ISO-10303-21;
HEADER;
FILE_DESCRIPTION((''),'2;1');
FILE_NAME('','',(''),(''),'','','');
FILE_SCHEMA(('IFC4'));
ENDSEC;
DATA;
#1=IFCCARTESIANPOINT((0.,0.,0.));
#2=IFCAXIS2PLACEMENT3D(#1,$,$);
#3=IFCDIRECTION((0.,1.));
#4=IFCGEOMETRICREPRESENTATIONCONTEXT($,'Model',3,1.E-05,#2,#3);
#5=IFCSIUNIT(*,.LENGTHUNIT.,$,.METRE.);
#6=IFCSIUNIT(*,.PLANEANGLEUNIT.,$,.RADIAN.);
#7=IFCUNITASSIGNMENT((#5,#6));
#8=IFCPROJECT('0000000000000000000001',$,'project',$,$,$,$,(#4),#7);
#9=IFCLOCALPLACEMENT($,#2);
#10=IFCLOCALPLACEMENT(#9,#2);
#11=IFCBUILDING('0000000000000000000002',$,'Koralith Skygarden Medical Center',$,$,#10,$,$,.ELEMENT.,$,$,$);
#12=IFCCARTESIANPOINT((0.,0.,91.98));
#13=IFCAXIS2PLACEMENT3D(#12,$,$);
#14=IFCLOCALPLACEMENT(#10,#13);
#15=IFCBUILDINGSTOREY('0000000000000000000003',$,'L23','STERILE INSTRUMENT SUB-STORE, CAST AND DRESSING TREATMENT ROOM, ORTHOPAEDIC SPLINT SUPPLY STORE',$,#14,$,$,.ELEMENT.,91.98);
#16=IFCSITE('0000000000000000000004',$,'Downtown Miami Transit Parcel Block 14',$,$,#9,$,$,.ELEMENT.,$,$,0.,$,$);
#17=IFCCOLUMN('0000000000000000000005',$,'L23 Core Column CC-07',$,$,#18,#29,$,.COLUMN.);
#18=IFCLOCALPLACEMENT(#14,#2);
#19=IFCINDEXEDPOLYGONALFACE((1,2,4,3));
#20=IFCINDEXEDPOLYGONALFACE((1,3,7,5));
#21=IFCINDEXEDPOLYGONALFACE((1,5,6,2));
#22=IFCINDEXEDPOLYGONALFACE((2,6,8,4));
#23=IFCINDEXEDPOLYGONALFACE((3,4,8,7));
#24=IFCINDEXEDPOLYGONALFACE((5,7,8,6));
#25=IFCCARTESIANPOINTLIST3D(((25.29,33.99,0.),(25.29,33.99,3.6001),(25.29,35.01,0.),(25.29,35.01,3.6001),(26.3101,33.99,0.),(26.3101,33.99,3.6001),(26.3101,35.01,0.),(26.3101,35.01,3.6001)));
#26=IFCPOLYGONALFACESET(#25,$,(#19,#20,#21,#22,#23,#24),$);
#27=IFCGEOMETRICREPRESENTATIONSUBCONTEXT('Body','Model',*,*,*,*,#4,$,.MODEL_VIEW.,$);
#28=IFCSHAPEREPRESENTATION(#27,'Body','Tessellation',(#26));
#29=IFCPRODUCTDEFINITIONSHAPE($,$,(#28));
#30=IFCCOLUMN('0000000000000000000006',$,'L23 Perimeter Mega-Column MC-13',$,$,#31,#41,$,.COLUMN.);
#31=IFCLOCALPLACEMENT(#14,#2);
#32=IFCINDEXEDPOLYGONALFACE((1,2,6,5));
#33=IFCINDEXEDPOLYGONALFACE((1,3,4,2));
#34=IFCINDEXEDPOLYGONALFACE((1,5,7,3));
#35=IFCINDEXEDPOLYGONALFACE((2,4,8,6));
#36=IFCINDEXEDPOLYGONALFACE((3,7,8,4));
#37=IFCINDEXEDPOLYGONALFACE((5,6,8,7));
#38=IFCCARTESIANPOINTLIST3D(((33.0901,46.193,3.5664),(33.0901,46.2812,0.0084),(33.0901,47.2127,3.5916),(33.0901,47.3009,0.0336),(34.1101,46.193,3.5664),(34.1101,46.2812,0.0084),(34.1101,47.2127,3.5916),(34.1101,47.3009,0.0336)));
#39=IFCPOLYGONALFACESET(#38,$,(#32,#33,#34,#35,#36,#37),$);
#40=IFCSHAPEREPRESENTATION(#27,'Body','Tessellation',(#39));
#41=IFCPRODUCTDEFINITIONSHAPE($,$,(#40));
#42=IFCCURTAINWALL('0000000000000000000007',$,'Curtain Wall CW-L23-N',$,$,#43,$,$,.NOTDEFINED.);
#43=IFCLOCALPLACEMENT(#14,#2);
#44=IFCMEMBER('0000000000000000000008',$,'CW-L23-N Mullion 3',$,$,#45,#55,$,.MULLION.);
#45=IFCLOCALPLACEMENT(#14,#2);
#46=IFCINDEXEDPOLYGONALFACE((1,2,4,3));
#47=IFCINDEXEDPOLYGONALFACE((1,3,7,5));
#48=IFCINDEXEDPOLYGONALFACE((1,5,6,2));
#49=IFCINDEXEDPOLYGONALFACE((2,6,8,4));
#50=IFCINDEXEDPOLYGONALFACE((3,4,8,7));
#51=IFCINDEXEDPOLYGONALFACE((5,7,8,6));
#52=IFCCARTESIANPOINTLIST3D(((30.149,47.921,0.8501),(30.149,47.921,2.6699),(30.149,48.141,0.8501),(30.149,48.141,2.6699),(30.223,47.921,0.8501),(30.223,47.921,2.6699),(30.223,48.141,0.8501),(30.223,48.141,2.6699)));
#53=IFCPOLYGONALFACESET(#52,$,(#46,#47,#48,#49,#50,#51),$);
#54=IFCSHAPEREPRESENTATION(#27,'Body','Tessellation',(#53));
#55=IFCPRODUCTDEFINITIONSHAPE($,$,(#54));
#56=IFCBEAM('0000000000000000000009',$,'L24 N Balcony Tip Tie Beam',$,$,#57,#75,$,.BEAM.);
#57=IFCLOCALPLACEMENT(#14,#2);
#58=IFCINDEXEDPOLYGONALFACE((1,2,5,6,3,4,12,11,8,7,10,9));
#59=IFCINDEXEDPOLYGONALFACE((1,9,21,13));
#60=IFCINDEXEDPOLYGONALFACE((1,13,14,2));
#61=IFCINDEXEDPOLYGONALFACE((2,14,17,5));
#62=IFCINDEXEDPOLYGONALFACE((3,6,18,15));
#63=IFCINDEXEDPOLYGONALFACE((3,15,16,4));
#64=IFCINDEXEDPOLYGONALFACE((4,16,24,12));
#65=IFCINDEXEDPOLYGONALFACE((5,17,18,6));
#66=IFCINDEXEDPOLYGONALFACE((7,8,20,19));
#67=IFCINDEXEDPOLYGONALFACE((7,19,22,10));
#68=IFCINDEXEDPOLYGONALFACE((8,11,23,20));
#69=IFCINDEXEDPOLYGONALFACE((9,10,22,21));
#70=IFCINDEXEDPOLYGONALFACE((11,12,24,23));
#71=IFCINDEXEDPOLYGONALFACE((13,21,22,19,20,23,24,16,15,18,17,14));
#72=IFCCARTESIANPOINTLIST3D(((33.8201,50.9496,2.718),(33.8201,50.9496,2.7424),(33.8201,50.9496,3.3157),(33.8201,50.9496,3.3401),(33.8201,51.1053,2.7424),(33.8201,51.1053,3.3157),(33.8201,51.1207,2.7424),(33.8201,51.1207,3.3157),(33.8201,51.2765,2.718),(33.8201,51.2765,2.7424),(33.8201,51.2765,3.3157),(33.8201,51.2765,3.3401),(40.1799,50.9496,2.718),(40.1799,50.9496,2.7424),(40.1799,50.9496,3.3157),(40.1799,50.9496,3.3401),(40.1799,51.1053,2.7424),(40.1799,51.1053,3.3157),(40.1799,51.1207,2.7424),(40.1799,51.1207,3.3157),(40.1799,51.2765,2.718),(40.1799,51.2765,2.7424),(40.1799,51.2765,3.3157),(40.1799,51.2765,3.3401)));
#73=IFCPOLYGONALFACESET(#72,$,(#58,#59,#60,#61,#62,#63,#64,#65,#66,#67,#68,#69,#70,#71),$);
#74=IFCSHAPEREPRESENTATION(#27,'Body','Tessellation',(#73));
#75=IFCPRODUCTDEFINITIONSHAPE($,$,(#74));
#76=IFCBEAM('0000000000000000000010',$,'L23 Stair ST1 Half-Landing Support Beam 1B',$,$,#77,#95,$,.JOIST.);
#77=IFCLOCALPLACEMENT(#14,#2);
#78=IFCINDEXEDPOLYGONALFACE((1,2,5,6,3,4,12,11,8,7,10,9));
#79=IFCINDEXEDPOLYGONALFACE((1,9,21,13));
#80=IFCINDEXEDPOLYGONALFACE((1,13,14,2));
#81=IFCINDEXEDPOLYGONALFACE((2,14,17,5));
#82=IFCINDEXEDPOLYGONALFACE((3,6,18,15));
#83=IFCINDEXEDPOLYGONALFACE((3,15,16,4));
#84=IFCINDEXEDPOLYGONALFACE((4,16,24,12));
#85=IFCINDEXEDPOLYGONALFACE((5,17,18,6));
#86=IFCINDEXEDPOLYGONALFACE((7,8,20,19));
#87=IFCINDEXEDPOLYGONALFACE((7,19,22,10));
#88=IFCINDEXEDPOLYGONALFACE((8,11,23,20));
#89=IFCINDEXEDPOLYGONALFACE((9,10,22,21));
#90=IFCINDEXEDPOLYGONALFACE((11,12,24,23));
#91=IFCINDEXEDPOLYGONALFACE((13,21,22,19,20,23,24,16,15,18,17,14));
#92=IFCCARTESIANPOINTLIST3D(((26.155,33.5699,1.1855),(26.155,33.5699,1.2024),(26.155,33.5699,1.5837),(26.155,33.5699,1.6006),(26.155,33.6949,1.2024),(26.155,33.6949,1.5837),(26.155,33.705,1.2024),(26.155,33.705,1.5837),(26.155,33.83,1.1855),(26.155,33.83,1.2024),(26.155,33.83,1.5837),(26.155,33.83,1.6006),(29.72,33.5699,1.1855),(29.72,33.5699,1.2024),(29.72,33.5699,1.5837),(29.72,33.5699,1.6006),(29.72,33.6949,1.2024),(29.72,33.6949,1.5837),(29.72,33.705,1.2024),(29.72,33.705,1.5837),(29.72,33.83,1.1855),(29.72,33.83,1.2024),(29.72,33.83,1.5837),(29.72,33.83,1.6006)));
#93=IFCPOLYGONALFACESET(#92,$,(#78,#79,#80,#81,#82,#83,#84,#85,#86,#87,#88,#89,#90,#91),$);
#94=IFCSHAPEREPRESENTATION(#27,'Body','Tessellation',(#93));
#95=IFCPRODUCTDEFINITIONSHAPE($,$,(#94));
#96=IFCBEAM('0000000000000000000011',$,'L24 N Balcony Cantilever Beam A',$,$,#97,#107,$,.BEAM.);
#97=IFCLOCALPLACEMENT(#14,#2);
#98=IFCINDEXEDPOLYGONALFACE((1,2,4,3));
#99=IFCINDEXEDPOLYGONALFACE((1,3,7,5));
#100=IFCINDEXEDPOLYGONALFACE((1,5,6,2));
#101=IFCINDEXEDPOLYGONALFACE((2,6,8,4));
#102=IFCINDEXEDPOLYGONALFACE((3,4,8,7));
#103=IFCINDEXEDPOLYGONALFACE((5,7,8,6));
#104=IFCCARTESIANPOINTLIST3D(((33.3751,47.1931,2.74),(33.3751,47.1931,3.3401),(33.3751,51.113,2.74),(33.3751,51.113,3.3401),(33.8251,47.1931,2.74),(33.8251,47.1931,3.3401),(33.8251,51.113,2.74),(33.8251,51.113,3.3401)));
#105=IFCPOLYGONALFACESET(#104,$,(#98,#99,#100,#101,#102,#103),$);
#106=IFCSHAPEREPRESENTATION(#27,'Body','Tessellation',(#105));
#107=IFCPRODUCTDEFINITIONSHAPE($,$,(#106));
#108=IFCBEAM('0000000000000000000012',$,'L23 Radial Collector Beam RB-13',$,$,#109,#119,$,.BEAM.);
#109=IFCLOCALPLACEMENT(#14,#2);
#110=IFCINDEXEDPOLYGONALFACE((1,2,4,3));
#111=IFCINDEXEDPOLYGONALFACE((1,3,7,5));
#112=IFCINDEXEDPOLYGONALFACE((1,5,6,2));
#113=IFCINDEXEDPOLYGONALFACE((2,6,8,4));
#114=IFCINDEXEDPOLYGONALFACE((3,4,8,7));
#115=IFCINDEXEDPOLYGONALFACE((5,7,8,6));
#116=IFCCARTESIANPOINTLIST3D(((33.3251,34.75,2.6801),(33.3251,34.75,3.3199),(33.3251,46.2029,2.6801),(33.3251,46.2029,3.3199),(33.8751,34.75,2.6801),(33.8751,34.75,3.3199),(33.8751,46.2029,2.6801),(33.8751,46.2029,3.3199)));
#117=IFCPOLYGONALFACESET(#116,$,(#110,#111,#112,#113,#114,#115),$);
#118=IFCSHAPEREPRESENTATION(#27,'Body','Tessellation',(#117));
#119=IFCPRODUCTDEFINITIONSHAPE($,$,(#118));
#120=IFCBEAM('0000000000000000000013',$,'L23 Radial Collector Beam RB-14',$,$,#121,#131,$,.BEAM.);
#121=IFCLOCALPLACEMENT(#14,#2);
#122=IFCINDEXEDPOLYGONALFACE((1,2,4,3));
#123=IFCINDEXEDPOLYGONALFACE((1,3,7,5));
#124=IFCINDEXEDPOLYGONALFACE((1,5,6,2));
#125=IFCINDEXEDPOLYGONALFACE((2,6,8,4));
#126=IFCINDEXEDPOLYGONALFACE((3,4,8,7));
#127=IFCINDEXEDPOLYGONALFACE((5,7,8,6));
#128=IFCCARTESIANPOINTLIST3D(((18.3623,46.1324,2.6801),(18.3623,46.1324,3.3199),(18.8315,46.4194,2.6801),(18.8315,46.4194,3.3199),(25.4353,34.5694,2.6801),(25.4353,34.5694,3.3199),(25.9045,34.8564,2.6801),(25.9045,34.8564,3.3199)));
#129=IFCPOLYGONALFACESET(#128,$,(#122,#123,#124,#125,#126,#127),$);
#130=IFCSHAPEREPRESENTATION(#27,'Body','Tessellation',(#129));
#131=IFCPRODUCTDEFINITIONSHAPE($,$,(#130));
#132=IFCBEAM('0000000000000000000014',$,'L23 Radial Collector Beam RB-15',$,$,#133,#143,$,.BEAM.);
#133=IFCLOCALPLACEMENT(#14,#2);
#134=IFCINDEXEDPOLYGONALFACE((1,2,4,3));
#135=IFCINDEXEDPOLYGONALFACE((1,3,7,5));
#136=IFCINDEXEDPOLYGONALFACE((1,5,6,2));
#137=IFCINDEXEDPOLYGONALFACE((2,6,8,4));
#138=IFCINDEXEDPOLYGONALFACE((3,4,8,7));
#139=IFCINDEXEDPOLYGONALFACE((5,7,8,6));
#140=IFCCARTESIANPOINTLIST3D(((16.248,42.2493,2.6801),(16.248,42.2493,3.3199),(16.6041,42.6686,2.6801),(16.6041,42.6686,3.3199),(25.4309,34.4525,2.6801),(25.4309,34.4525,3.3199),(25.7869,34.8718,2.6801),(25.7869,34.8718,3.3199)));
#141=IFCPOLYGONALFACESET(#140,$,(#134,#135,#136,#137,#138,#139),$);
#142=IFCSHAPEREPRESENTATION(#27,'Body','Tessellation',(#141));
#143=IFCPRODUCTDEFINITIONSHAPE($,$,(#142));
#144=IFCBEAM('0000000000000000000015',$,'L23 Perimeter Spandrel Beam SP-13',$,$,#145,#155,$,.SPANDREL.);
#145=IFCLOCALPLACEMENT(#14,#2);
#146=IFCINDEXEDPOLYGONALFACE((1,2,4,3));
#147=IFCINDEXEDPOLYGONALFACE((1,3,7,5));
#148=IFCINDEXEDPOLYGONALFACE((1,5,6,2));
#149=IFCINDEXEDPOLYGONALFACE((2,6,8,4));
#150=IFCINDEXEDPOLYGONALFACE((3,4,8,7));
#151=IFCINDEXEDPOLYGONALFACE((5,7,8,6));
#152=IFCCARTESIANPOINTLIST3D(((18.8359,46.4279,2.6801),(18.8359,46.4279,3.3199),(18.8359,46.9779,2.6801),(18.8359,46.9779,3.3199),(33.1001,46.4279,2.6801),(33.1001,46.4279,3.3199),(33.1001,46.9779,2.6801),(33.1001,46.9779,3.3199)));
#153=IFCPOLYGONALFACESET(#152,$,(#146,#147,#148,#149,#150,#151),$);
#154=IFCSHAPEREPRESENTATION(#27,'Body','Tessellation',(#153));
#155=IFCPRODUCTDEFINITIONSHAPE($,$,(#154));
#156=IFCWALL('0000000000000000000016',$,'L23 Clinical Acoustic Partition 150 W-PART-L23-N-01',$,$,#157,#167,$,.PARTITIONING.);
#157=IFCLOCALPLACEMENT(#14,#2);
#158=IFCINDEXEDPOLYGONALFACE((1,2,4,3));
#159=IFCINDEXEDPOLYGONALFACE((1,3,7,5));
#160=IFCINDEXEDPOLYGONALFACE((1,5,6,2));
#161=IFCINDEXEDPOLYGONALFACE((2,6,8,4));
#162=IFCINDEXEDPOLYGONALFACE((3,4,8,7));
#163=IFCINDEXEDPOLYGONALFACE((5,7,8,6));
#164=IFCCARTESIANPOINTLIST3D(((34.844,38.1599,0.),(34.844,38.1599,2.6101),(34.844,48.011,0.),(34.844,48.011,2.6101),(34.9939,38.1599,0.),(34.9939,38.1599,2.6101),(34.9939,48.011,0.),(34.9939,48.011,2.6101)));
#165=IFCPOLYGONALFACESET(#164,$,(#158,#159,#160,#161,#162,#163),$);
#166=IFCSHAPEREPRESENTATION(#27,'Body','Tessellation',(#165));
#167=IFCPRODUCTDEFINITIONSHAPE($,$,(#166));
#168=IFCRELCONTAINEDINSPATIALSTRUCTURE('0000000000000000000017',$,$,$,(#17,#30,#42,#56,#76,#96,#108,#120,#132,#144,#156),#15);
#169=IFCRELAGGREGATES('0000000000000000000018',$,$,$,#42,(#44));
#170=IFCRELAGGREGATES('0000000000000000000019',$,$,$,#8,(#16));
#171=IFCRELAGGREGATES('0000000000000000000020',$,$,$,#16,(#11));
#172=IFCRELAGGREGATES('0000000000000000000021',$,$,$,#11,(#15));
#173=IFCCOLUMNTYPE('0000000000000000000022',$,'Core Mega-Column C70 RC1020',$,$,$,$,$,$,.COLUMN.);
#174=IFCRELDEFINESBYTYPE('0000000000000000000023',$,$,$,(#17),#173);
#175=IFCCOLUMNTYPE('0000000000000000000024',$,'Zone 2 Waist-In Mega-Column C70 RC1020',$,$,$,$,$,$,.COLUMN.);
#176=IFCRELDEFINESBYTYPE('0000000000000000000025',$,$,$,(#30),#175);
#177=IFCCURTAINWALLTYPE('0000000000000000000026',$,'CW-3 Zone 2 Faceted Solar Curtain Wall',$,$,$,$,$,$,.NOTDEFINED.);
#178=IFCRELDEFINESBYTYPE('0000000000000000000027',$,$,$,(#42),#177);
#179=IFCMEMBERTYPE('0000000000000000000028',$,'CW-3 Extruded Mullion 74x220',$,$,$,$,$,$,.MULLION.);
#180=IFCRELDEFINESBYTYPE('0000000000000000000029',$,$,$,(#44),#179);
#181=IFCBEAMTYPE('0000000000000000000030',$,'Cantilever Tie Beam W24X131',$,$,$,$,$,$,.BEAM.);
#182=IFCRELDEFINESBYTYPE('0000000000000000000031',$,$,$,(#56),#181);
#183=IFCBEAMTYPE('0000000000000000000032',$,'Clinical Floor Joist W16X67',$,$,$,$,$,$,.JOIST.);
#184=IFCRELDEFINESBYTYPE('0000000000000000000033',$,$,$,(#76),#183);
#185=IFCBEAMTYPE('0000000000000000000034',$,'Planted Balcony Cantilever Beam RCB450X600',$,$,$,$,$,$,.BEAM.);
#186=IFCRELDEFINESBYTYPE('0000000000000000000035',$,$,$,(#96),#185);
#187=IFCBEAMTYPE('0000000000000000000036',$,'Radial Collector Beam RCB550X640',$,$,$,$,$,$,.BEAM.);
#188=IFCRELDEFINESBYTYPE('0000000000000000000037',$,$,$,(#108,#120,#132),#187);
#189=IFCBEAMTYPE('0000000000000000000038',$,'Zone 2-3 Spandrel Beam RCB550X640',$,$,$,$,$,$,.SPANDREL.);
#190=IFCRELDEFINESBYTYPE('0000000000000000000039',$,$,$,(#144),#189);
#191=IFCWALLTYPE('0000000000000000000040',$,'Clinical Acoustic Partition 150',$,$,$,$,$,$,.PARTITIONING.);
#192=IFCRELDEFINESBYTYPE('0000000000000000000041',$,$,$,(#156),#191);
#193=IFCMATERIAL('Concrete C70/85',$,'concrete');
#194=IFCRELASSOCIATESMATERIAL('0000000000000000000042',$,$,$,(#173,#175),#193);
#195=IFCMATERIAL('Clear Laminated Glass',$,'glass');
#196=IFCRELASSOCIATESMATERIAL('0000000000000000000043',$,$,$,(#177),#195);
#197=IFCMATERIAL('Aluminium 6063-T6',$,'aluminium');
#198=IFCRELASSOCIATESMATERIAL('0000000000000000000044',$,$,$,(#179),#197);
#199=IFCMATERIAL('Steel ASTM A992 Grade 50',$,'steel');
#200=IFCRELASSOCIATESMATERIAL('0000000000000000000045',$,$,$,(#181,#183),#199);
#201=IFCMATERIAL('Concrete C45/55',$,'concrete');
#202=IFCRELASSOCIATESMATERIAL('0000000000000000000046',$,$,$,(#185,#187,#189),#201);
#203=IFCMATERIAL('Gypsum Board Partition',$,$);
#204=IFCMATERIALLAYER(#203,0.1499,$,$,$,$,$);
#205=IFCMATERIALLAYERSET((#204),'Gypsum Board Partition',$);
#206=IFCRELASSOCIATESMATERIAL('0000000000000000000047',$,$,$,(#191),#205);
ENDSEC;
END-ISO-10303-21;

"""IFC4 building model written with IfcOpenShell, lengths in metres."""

from ifc_helpers import new_model, si_unit, direction, frame, frame_2d, origin, origin_2d, place, context, subcontext, project, spatial, rectangle, i_section, extrude, material, layer, layer_set, material_profile, profile_set, type_object, element, aggregate, save


model = new_model("IFC4")

# Units and contexts
model_context = context("Model", 3, precision=1e-05, world=origin(), true_north=direction((0.0, 1.0)))
body_context = subcontext(model_context, "Body", "Model", "MODEL_VIEW")
ifc_project = project(units=[si_unit("LENGTHUNIT", "METRE"), si_unit("PLANEANGLEUNIT", "RADIAN")], contexts=[model_context])

# Site, building, storey
site_placement = place(None, origin())
site = spatial("IfcSite", under=ifc_project, at=site_placement, Name="Downtown Miami Transit Parcel Block 14", CompositionType="ELEMENT", RefElevation=0.0)
building_placement = place(site_placement, origin())
building = spatial("IfcBuilding", under=site, at=building_placement, Name="Koralith Skygarden Medical Center", CompositionType="ELEMENT")
storey_placement = place(building_placement, frame((0.0, 0.0, 91.98)))
storey = spatial("IfcBuildingStorey", under=building, at=storey_placement, Name="L23", Description="STERILE INSTRUMENT SUB-STORE, CAST AND DRESSING TREATMENT ROOM, ORTHOPAEDIC SPLINT SUPPLY STORE", CompositionType="ELEMENT", Elevation=91.98)

# Columns
ifc_material_1 = material(Name="Concrete C70/85", Category="concrete")
ifc_material_profile_1 = material_profile(ifc_material_1, rectangle(XDim=1.02, YDim=1.02, at=origin_2d()), Name="RC1020X1020")
ifc_profile_set_1 = profile_set([ifc_material_profile_1], Name="Concrete C70/85")
column_type_1 = type_object("IfcColumnType", Name="Core Mega-Column C70 RC1020", PredefinedType="COLUMN", material=ifc_profile_set_1)
column_1_placement = place(storey_placement, frame((25.8, 34.5, 0.0), z_axis=(0.0, 0.0, 1.0), x_axis=(1.0, 0.0, 0.0)))
element("IfcColumn", 1, at=column_1_placement, inside=storey, type_object=column_type_1, Name="L23 Core Column CC-07", PredefinedType="COLUMN", context=body_context, shape_type="SweptSolid", body=[
    extrude(rectangle(XDim=1.02, YDim=1.02, at=origin_2d()), origin(), (0.0, 0.0, 1.0), 3.6001),
])
ifc_material_profile_2 = material_profile(ifc_material_1, rectangle(XDim=1.02, YDim=1.02, at=origin_2d()), Name="RC1020X1020")
ifc_profile_set_2 = profile_set([ifc_material_profile_2], Name="Concrete C70/85")
column_type_2 = type_object("IfcColumnType", Name="Zone 2 Waist-In Mega-Column C70 RC1020", PredefinedType="COLUMN", material=ifc_profile_set_2)
column_2_placement = place(storey_placement, frame((33.6001, 46.791, 0.021), z_axis=(0.0, -0.024763, 0.999693), x_axis=(1.0, 0.0, 0.0)))
element("IfcColumn", 2, at=column_2_placement, inside=storey, type_object=column_type_2, Name="L23 Perimeter Mega-Column MC-13", PredefinedType="COLUMN", context=body_context, shape_type="SweptSolid", body=[
    extrude(rectangle(XDim=1.02, YDim=1.02, at=origin_2d()), origin(), (0.0, 0.0, 1.0), 3.5591),
])

# Curtain wall, member
ifc_material_2 = material(Name="Clear Laminated Glass", Category="glass")
curtain_wall_type = type_object("IfcCurtainWallType", Name="CW-3 Zone 2 Faceted Solar Curtain Wall", PredefinedType="NOTDEFINED", material=ifc_material_2)
curtain_wall_placement = place(storey_placement, origin())
curtain_wall = element("IfcCurtainWall", 3, at=curtain_wall_placement, inside=storey, type_object=curtain_wall_type, Name="Curtain Wall CW-L23-N", PredefinedType="NOTDEFINED")
ifc_material_3 = material(Name="Aluminium 6063-T6", Category="aluminium")
ifc_material_profile_3 = material_profile(ifc_material_3, rectangle(XDim=0.074, YDim=0.22, at=origin_2d()), Name="MUL74X220")
ifc_profile_set_3 = profile_set([ifc_material_profile_3], Name="Aluminium 6063-T6")
member_type = type_object("IfcMemberType", Name="CW-3 Extruded Mullion 74x220", PredefinedType="MULLION", material=ifc_profile_set_3)
member_placement = place(storey_placement, frame((30.186, 48.031, 0.8501), z_axis=(0.0, 0.0, 1.0), x_axis=(1.0, 0.0, 0.0)))
member = element("IfcMember", 4, at=member_placement, type_object=member_type, Name="CW-L23-N Mullion 3", PredefinedType="MULLION", context=body_context, shape_type="SweptSolid", body=[
    extrude(rectangle(XDim=0.074, YDim=0.22, at=origin_2d()), origin(), (0.0, 0.0, 1.0), 1.8198),
])
aggregate(curtain_wall, [member])

# Beams
ifc_material_4 = material(Name="Steel ASTM A992 Grade 50", Category="steel")
ifc_material_profile_4 = material_profile(ifc_material_4, i_section(OverallWidth=0.3269, OverallDepth=0.6221, WebThickness=0.0154, FlangeThickness=0.0244, at=origin_2d()), Name="W24X131")
ifc_profile_set_4 = profile_set([ifc_material_profile_4], Name="Steel ASTM A992 Grade 50")
beam_type_1 = type_object("IfcBeamType", Name="Cantilever Tie Beam W24X131", PredefinedType="BEAM", material=ifc_profile_set_4)
beam_1_placement = place(storey_placement, frame((33.8201, 51.113, 3.0291), z_axis=(1.0, 0.0, 0.0), x_axis=(0.0, 1.0, 0.0)))
element("IfcBeam", 5, at=beam_1_placement, inside=storey, type_object=beam_type_1, Name="L24 N Balcony Tip Tie Beam", PredefinedType="BEAM", context=body_context, shape_type="SweptSolid", body=[
    extrude(i_section(OverallWidth=0.3269, OverallDepth=0.6221, WebThickness=0.0154, FlangeThickness=0.0244, at=origin_2d()), origin(), (0.0, 0.0, 1.0), 6.3599),
])
ifc_material_profile_5 = material_profile(ifc_material_4, i_section(OverallWidth=0.26, OverallDepth=0.415, WebThickness=0.01, FlangeThickness=0.0168, at=origin_2d()), Name="W16X67")
ifc_profile_set_5 = profile_set([ifc_material_profile_5], Name="Steel ASTM A992 Grade 50")
beam_type_2 = type_object("IfcBeamType", Name="Clinical Floor Joist W16X67", PredefinedType="JOIST", material=ifc_profile_set_5)
beam_2_placement = place(storey_placement, frame((26.155, 33.7, 1.3931), z_axis=(1.0, 0.0, 0.0), x_axis=(0.0, 1.0, 0.0)))
element("IfcBeam", 6, at=beam_2_placement, inside=storey, type_object=beam_type_2, Name="L23 Stair ST1 Half-Landing Support Beam 1B", PredefinedType="JOIST", context=body_context, shape_type="SweptSolid", body=[
    extrude(i_section(OverallWidth=0.26, OverallDepth=0.415, WebThickness=0.01, FlangeThickness=0.0168, at=origin_2d()), origin(), (0.0, 0.0, 1.0), 3.5649),
])
ifc_material_5 = material(Name="Concrete C45/55", Category="concrete")
ifc_material_profile_6 = material_profile(ifc_material_5, rectangle(XDim=0.45, YDim=0.6001, at=origin_2d()), Name="RCB450X600")
ifc_profile_set_6 = profile_set([ifc_material_profile_6], Name="Concrete C45/55")
beam_type_3 = type_object("IfcBeamType", Name="Planted Balcony Cantilever Beam RCB450X600", PredefinedType="BEAM", material=ifc_profile_set_6)
beam_3_placement = place(storey_placement, frame((33.6001, 47.1931, 3.04), z_axis=(0.0, 1.0, 0.0), x_axis=(-1.0, 0.0, 0.0)))
element("IfcBeam", 7, at=beam_3_placement, inside=storey, type_object=beam_type_3, Name="L24 N Balcony Cantilever Beam A", PredefinedType="BEAM", context=body_context, shape_type="SweptSolid", body=[
    extrude(rectangle(XDim=0.45, YDim=0.6001, at=origin_2d()), origin(), (0.0, 0.0, 1.0), 3.9199),
])
ifc_material_profile_7 = material_profile(ifc_material_5, rectangle(XDim=0.55, YDim=0.6399, at=origin_2d()), Name="RCB550X640")
ifc_profile_set_7 = profile_set([ifc_material_profile_7], Name="Concrete C45/55")
beam_type_4 = type_object("IfcBeamType", Name="Radial Collector Beam RCB550X640", PredefinedType="BEAM", material=ifc_profile_set_7)
beam_4_placement = place(storey_placement, frame((33.6001, 34.75, 3.0), z_axis=(0.0, 1.0, 0.0), x_axis=(-1.0, 0.0, 0.0)))
element("IfcBeam", 8, at=beam_4_placement, inside=storey, type_object=beam_type_4, Name="L23 Radial Collector Beam RB-13", PredefinedType="BEAM", context=body_context, shape_type="SweptSolid", body=[
    extrude(rectangle(XDim=0.55, YDim=0.6399, at=origin_2d()), origin(), (0.0, 0.0, 1.0), 11.4529),
])
beam_5_placement = place(storey_placement, frame((25.6699, 34.7129, 3.0), z_axis=(-0.521811, 0.853061, 0.0), x_axis=(-0.853061, -0.521811, 0.0)))
element("IfcBeam", 9, at=beam_5_placement, inside=storey, type_object=beam_type_4, Name="L23 Radial Collector Beam RB-14", PredefinedType="BEAM", context=body_context, shape_type="SweptSolid", body=[
    extrude(rectangle(XDim=0.55, YDim=0.6399, at=origin_2d()), origin(), (0.0, 0.0, 1.0), 13.5547),
])
beam_6_placement = place(storey_placement, frame((25.6089, 34.6621, 3.0), z_axis=(-0.76229, 0.647236, 0.0), x_axis=(-0.647236, -0.76229, 0.0)))
element("IfcBeam", 10, at=beam_6_placement, inside=storey, type_object=beam_type_4, Name="L23 Radial Collector Beam RB-15", PredefinedType="BEAM", context=body_context, shape_type="SweptSolid", body=[
    extrude(rectangle(XDim=0.55, YDim=0.6399, at=origin_2d()), origin(), (0.0, 0.0, 1.0), 12.0464),
])
ifc_material_profile_8 = material_profile(ifc_material_5, rectangle(XDim=0.55, YDim=0.6399, at=origin_2d()), Name="RCB550X640")
ifc_profile_set_8 = profile_set([ifc_material_profile_8], Name="Concrete C45/55")
beam_type_5 = type_object("IfcBeamType", Name="Zone 2-3 Spandrel Beam RCB550X640", PredefinedType="SPANDREL", material=ifc_profile_set_8)
beam_7_placement = place(storey_placement, frame((33.1001, 46.7029, 3.0), z_axis=(-1.0, 0.0, 0.0), x_axis=(0.0, -1.0, 0.0)))
element("IfcBeam", 11, at=beam_7_placement, inside=storey, type_object=beam_type_5, Name="L23 Perimeter Spandrel Beam SP-13", PredefinedType="SPANDREL", context=body_context, shape_type="SweptSolid", body=[
    extrude(rectangle(XDim=0.55, YDim=0.6399, at=origin_2d()), origin(), (0.0, 0.0, 1.0), 14.2642),
])

# Wall
ifc_material_6 = material(Name="Gypsum Board Partition")
ifc_layer_1 = layer(ifc_material_6, 0.1499)
ifc_layer_set_1 = layer_set([ifc_layer_1], Name="Gypsum Board Partition")
wall_type_1 = type_object("IfcWallType", Name="Clinical Acoustic Partition 150", PredefinedType="PARTITIONING", material=ifc_layer_set_1)
wall_1_placement = place(storey_placement, frame((34.9189, 38.1599, 0.0), z_axis=(0.0, 0.0, 1.0), x_axis=(0.0, 1.0, 0.0)))
element("IfcWall", 12, at=wall_1_placement, inside=storey, type_object=wall_type_1, Name="L23 Clinical Acoustic Partition 150 W-PART-L23-N-01", PredefinedType="PARTITIONING", context=body_context, shape_type="SweptSolid", body=[
    extrude(rectangle(XDim=9.8511, YDim=0.1499, at=frame_2d((4.9255, 0.0))), origin(), (0.0, 0.0, 1.0), 2.6101),
])

save(model, "model.ifc")
